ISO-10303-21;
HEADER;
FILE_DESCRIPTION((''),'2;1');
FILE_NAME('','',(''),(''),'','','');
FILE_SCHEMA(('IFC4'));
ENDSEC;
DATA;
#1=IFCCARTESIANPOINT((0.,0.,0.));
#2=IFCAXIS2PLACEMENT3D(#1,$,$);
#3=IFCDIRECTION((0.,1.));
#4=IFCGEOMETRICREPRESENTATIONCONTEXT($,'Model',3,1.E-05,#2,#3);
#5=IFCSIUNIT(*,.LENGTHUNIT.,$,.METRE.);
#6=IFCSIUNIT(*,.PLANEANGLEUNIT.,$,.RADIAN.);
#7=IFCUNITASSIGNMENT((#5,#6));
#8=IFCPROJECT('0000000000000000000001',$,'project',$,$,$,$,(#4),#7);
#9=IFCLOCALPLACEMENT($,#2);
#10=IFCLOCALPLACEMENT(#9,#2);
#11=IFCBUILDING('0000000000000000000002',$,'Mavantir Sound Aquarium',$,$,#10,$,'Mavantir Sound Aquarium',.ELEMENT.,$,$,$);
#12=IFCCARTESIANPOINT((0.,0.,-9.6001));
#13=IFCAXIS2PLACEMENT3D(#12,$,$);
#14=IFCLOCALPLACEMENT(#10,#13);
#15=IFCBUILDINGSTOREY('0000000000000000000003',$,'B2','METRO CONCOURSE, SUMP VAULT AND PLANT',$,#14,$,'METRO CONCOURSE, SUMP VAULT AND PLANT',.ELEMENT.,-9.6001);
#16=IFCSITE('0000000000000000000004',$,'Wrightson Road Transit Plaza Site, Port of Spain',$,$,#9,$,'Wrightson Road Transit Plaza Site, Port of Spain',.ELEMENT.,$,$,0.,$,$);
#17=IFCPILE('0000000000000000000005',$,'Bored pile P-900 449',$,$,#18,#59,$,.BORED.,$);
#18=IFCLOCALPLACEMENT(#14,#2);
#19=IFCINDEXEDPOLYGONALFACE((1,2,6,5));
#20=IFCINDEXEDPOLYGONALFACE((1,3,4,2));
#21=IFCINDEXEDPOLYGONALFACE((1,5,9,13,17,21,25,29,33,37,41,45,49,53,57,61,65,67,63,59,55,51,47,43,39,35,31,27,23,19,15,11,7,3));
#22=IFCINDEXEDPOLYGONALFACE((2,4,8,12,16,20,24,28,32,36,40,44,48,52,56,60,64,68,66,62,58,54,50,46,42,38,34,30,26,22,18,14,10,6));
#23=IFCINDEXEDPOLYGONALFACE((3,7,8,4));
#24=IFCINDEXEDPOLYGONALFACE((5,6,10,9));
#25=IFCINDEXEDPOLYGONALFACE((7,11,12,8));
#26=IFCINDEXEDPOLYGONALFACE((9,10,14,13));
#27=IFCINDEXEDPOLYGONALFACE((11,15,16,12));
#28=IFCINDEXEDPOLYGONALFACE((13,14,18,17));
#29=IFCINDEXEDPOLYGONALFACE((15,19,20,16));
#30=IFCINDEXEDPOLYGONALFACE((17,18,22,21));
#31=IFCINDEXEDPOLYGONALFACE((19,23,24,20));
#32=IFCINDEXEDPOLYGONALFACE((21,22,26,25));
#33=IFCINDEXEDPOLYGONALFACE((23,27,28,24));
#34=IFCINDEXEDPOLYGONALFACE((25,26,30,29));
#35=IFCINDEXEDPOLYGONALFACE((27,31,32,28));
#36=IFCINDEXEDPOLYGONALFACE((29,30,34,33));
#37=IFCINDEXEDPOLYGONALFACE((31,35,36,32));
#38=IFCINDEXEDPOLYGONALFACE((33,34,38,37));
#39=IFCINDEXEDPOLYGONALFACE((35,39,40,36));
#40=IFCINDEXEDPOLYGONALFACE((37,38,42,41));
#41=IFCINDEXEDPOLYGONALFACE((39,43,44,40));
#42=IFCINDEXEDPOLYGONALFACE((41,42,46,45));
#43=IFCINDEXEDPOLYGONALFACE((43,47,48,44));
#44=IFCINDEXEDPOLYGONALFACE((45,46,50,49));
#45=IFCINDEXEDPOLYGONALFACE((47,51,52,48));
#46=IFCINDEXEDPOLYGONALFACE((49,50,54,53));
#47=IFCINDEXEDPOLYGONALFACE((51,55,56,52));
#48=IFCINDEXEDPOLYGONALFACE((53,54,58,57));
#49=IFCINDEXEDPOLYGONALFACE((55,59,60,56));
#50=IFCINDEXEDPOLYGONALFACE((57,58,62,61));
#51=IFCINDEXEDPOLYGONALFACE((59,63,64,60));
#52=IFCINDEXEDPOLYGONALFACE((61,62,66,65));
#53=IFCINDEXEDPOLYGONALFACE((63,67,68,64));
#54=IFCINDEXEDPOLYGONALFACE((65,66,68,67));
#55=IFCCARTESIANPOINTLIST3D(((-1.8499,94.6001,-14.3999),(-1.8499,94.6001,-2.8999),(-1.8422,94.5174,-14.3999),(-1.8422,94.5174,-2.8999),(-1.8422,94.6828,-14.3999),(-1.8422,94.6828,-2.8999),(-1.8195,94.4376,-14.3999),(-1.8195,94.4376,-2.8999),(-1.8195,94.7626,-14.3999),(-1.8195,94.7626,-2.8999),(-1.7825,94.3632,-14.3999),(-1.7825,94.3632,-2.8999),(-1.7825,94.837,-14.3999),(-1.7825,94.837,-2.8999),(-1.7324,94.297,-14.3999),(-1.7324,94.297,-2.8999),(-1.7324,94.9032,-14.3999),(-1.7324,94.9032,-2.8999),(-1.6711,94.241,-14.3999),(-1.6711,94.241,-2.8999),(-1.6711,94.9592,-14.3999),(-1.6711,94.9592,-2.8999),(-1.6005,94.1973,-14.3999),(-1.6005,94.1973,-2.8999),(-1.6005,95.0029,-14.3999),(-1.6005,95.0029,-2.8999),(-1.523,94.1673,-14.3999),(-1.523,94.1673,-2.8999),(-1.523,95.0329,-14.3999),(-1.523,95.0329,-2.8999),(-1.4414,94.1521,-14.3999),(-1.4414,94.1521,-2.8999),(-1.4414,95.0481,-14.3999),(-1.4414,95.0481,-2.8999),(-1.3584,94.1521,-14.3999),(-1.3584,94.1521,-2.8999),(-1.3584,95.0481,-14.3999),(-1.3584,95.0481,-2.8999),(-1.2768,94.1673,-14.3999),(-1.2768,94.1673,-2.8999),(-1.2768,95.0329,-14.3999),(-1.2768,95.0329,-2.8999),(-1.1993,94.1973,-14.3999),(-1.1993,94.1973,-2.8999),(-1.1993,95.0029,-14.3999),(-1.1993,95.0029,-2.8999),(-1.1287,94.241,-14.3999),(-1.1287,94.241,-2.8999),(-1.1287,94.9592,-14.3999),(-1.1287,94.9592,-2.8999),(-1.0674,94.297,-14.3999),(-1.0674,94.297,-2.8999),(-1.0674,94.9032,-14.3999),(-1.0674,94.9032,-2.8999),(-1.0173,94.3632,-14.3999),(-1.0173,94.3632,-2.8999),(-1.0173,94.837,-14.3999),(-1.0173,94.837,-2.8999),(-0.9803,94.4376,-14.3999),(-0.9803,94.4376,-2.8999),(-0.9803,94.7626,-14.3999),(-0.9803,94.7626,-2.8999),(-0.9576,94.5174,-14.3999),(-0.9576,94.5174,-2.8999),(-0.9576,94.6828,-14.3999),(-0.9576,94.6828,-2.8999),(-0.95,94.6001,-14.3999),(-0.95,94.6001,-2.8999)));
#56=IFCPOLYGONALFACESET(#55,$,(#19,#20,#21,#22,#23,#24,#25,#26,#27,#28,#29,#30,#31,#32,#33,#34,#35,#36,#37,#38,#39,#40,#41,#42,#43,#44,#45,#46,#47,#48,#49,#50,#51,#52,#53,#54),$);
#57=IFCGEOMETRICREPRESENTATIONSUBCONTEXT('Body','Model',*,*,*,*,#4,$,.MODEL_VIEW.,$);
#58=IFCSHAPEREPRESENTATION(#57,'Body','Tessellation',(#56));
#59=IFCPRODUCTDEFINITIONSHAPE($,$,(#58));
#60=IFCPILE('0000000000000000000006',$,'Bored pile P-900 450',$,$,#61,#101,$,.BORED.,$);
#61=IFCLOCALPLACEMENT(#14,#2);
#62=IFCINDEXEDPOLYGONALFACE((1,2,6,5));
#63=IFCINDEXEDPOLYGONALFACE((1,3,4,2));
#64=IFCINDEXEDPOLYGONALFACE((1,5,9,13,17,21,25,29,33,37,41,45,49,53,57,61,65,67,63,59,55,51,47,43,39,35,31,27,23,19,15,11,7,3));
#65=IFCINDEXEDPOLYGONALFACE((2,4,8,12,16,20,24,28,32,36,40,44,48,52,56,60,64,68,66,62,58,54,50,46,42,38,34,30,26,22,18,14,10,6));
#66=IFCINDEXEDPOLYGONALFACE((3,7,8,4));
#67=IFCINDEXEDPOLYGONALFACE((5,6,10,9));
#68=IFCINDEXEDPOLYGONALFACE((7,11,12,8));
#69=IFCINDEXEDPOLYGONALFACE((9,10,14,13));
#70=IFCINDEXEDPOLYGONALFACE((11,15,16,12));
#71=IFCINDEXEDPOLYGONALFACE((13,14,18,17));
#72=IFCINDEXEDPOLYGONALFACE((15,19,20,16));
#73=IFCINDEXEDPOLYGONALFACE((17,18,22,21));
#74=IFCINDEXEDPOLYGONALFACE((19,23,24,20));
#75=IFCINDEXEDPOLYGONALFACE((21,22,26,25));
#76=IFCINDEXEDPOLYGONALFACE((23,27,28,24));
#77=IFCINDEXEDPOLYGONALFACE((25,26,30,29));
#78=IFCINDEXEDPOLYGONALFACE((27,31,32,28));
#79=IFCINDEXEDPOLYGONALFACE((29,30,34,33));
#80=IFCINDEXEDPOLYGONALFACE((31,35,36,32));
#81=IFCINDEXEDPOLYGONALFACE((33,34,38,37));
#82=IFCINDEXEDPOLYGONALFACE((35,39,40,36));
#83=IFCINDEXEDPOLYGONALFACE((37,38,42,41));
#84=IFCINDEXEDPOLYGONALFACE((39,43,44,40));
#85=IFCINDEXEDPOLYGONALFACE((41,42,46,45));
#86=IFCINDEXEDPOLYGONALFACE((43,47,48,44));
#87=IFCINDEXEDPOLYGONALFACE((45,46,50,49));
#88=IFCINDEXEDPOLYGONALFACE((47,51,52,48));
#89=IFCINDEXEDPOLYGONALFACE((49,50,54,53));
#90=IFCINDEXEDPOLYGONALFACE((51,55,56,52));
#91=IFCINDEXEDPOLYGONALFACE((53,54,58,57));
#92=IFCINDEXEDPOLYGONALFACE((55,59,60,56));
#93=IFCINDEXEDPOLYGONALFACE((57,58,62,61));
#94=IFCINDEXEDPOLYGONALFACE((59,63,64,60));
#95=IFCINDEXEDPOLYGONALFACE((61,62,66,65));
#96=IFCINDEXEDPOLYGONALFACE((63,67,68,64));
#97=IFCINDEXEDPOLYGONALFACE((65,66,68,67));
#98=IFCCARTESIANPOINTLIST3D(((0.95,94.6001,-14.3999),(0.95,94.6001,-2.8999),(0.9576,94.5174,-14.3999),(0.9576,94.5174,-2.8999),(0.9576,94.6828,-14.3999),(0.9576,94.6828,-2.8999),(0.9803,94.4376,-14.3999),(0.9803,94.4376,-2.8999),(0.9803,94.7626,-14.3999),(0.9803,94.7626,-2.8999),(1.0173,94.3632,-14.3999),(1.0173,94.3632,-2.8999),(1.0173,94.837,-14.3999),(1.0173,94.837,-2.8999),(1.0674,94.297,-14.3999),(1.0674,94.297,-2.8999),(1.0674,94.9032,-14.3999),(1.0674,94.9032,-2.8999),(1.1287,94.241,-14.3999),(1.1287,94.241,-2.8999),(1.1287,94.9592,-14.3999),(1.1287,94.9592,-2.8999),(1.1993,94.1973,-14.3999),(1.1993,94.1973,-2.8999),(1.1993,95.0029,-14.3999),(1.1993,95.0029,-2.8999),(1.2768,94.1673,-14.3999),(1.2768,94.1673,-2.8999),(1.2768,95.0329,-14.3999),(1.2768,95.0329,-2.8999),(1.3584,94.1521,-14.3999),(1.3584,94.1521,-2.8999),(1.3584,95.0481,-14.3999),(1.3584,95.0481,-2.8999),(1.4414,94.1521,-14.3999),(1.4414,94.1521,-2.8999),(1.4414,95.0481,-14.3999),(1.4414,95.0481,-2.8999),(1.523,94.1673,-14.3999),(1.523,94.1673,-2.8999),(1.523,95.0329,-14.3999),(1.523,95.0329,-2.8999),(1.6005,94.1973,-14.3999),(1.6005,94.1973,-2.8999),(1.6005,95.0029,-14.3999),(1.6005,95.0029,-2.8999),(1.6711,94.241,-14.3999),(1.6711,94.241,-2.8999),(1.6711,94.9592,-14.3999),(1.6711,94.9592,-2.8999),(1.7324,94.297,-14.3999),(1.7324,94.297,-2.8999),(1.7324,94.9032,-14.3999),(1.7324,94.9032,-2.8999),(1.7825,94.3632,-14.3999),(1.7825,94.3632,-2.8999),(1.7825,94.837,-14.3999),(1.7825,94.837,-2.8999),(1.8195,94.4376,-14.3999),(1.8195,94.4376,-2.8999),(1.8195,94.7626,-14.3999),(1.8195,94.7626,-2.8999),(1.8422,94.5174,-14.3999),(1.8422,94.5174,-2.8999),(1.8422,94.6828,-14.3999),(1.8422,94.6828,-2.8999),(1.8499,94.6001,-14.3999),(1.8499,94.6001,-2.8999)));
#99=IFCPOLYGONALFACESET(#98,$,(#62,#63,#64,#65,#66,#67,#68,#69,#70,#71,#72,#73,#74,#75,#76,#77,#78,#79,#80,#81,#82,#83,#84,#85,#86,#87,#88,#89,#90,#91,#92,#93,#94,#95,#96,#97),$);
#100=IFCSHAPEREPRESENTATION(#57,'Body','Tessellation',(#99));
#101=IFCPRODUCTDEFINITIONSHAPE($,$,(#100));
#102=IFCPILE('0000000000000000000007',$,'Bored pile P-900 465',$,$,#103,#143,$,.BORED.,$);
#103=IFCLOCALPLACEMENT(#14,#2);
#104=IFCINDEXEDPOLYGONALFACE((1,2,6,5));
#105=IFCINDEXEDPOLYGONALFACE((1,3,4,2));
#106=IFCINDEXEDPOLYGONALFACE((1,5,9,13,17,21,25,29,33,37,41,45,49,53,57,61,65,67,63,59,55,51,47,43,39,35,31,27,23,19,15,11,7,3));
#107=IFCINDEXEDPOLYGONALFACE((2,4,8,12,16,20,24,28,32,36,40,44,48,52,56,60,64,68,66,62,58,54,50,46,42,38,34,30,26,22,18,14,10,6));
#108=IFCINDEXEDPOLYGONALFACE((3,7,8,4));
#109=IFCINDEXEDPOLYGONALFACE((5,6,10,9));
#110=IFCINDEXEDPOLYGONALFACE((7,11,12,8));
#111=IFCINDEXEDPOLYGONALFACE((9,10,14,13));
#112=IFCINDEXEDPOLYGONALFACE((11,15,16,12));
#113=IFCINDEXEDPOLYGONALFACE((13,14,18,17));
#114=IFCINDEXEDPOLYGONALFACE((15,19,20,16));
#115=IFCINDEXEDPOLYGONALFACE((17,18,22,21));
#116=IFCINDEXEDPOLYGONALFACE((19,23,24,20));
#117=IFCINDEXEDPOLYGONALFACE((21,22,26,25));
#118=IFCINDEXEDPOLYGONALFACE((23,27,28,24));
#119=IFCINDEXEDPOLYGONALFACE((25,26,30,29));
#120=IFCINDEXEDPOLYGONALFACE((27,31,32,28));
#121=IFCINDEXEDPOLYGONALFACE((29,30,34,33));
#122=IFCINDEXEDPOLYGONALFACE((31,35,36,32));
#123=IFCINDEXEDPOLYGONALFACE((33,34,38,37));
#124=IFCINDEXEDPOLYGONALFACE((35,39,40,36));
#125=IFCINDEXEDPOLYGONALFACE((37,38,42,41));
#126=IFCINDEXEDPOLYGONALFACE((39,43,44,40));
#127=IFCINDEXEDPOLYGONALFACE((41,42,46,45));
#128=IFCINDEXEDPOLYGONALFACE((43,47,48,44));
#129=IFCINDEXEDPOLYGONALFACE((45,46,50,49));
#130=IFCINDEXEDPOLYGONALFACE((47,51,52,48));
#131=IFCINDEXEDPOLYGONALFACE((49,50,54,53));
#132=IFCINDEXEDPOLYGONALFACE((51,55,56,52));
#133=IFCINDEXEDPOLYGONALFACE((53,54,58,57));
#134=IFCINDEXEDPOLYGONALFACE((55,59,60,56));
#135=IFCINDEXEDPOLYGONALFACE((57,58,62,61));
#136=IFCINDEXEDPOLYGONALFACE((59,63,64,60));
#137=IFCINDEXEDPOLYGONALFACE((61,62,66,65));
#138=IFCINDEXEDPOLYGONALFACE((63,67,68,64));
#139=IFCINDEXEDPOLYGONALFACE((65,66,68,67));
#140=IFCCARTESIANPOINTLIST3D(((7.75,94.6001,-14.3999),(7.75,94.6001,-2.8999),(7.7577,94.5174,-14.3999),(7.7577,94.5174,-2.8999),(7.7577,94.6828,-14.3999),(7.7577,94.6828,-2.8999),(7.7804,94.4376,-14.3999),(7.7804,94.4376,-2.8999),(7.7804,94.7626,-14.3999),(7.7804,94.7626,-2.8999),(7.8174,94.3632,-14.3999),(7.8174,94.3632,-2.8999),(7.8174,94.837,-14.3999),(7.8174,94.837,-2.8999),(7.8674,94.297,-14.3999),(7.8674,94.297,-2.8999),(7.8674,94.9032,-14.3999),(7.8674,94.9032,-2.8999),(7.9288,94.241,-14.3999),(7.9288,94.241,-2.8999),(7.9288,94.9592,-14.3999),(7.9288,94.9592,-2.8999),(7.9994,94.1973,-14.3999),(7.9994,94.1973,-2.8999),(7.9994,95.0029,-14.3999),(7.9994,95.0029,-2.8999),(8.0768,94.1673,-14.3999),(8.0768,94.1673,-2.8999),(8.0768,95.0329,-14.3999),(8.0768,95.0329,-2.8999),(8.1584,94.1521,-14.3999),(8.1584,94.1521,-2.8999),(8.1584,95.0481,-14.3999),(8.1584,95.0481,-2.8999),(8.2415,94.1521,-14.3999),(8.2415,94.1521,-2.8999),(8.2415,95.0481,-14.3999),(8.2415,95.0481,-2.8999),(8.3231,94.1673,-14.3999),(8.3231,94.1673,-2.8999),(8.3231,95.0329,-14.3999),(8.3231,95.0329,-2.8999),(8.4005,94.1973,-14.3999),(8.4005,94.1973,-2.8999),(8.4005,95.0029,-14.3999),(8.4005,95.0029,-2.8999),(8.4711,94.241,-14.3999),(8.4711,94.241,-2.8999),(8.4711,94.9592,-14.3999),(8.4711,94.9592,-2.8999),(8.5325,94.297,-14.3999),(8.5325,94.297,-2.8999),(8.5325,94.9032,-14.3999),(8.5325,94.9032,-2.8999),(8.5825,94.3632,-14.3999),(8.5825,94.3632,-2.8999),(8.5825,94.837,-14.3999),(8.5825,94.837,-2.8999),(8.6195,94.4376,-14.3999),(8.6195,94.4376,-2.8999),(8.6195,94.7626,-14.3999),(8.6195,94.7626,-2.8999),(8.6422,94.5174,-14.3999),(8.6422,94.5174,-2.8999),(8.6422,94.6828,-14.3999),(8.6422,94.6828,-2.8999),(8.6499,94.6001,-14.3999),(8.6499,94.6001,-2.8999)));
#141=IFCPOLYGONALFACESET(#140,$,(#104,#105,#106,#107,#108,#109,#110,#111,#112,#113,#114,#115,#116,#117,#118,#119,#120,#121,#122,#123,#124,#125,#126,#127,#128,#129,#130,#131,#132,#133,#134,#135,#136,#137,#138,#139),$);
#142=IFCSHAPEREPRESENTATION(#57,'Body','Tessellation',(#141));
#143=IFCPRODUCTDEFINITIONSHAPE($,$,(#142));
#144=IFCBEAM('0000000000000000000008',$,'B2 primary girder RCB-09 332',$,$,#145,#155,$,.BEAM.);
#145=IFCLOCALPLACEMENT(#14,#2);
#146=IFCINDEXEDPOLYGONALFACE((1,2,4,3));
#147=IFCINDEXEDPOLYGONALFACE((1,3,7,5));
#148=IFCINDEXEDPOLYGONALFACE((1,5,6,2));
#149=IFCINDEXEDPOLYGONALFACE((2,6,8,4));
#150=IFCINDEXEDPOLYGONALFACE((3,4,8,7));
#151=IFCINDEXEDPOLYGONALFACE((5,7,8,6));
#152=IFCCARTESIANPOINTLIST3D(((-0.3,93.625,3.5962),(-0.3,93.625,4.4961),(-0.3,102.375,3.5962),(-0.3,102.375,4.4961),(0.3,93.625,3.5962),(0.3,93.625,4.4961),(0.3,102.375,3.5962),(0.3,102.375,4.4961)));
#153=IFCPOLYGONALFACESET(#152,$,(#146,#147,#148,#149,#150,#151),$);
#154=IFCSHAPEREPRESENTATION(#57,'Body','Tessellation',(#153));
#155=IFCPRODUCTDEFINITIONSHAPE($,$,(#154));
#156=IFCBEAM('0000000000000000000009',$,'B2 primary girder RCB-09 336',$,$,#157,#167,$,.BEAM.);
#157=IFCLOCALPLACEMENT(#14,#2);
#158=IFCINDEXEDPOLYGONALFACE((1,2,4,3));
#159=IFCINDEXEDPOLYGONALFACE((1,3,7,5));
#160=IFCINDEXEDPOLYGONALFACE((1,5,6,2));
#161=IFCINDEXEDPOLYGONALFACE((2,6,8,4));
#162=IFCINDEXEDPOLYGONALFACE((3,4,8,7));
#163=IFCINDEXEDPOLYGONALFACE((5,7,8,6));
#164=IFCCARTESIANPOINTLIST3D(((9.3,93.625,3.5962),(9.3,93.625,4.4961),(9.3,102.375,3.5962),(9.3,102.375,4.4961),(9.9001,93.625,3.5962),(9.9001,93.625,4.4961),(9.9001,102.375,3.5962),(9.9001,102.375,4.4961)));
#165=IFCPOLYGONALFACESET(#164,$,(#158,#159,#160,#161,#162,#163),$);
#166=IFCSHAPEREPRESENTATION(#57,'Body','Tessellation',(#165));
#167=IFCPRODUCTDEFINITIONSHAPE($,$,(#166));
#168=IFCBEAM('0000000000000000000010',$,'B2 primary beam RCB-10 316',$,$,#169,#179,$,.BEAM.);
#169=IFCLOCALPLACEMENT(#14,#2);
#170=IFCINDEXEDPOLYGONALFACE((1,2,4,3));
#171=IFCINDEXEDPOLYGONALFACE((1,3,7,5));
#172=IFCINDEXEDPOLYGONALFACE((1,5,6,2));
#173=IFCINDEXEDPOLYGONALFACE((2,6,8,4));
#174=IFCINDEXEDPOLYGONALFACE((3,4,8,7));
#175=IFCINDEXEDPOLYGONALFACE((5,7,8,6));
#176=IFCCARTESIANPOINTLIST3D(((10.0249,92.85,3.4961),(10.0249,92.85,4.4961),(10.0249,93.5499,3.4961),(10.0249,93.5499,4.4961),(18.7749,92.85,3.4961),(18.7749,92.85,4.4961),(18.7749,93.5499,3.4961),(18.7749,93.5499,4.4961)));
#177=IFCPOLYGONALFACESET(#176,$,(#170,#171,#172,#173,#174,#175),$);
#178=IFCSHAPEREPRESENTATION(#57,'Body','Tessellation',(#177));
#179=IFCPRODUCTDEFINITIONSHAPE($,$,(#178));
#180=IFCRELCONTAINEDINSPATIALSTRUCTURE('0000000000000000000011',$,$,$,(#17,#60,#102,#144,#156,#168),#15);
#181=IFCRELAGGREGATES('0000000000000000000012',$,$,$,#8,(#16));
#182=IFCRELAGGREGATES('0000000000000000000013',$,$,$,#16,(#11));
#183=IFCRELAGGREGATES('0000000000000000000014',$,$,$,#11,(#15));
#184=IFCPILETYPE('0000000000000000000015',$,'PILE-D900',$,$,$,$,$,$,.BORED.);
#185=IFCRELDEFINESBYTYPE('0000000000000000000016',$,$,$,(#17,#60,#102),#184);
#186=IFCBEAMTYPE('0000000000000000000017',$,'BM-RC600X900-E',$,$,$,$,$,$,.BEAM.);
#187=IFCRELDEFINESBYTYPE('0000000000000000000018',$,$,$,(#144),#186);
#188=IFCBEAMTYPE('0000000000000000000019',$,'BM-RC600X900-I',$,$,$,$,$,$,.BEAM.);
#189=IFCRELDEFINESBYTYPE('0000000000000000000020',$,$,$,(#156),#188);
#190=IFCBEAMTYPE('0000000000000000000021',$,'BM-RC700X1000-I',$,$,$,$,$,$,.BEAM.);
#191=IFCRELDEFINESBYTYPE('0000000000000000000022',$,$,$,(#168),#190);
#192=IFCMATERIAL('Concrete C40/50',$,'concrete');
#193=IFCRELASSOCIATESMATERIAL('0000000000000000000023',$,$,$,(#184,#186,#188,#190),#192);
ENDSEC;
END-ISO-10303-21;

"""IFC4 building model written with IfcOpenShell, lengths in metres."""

from ifc_helpers import new_model, si_unit, direction, frame, origin, origin_2d, place, context, subcontext, project, spatial, rectangle, circle, extrude, material, material_profile, profile_set, type_object, element, save


model = new_model("IFC4")

# Units and contexts
model_context = context("Model", 3, precision=1e-05, world=origin(), true_north=direction((0.0, 1.0)))
body_context = subcontext(model_context, "Body", "Model", "MODEL_VIEW")
ifc_project = project(units=[si_unit("LENGTHUNIT", "METRE"), si_unit("PLANEANGLEUNIT", "RADIAN")], contexts=[model_context])

# Site, building, storey
site_placement = place(None, origin())
site = spatial("IfcSite", under=ifc_project, at=site_placement, Name="Wrightson Road Transit Plaza Site, Port of Spain", LongName="Wrightson Road Transit Plaza Site, Port of Spain", CompositionType="ELEMENT", RefElevation=0.0)
building_placement = place(site_placement, origin())
building = spatial("IfcBuilding", under=site, at=building_placement, Name="Mavantir Sound Aquarium", LongName="Mavantir Sound Aquarium", CompositionType="ELEMENT")
storey_placement = place(building_placement, frame((0.0, 0.0, -9.6001)))
storey = spatial("IfcBuildingStorey", under=building, at=storey_placement, Name="B2", Description="METRO CONCOURSE, SUMP VAULT AND PLANT", LongName="METRO CONCOURSE, SUMP VAULT AND PLANT", CompositionType="ELEMENT", Elevation=-9.6001)

# Piles
ifc_material_1 = material(Name="Concrete C40/50", Category="concrete")
ifc_material_profile_1 = material_profile(ifc_material_1, circle(Radius=0.45, at=origin_2d()), Name="PILE D900")
ifc_profile_set_1 = profile_set([ifc_material_profile_1], Name="Concrete C40/50")
pile_type = type_object("IfcPileType", Name="PILE-D900", PredefinedType="BORED", material=ifc_profile_set_1)
for number, where, z_axis, x_axis, name in (
    (1, (-1.3999, 94.6001, -2.8999), (0.0, 0.0, -1.0), (1.0, 0.0, 0.0), "Bored pile P-900 449"),
    (2, (1.3999, 94.6001, -2.8999), (0.0, 0.0, -1.0), (1.0, 0.0, 0.0), "Bored pile P-900 450"),
    (3, (8.2, 94.6001, -2.8999), (0.0, 0.0, -1.0), (1.0, 0.0, 0.0), "Bored pile P-900 465"),
):
    element("IfcPile", number, at=place(storey_placement, frame(where, z_axis=z_axis, x_axis=x_axis)), inside=storey, type_object=pile_type, Name=name, PredefinedType="BORED", context=body_context, shape_type="SweptSolid", body=[
        extrude(circle(Radius=0.45, at=origin_2d()), origin(), (0.0, 0.0, 1.0), 11.5),
    ])

# Beams
ifc_material_profile_2 = material_profile(ifc_material_1, rectangle(XDim=0.6001, YDim=0.8999, at=origin_2d()), Name="RC 600X900")
ifc_profile_set_2 = profile_set([ifc_material_profile_2], Name="Concrete C40/50")
beam_type_1 = type_object("IfcBeamType", Name="BM-RC600X900-E", PredefinedType="BEAM", material=ifc_profile_set_2)
beam_1_placement = place(storey_placement, frame((0.0, 93.625, 4.0461), z_axis=(0.0, 1.0, 0.0), x_axis=(-1.0, 0.0, 0.0)))
element("IfcBeam", 4, at=beam_1_placement, inside=storey, type_object=beam_type_1, Name="B2 primary girder RCB-09 332", PredefinedType="BEAM", context=body_context, shape_type="SweptSolid", body=[
    extrude(rectangle(XDim=0.6001, YDim=0.8999, at=origin_2d()), origin(), (0.0, 0.0, 1.0), 8.75),
])
ifc_material_profile_3 = material_profile(ifc_material_1, rectangle(XDim=0.6001, YDim=0.8999, at=origin_2d()), Name="RC 600X900")
ifc_profile_set_3 = profile_set([ifc_material_profile_3], Name="Concrete C40/50")
beam_type_2 = type_object("IfcBeamType", Name="BM-RC600X900-I", PredefinedType="BEAM", material=ifc_profile_set_3)
beam_2_placement = place(storey_placement, frame((9.6001, 93.625, 4.0461), z_axis=(0.0, 1.0, 0.0), x_axis=(-1.0, 0.0, 0.0)))
element("IfcBeam", 5, at=beam_2_placement, inside=storey, type_object=beam_type_2, Name="B2 primary girder RCB-09 336", PredefinedType="BEAM", context=body_context, shape_type="SweptSolid", body=[
    extrude(rectangle(XDim=0.6001, YDim=0.8999, at=origin_2d()), origin(), (0.0, 0.0, 1.0), 8.75),
])
ifc_material_profile_4 = material_profile(ifc_material_1, rectangle(XDim=0.7, YDim=1.0, at=origin_2d()), Name="RC 700X1000")
ifc_profile_set_4 = profile_set([ifc_material_profile_4], Name="Concrete C40/50")
beam_type_3 = type_object("IfcBeamType", Name="BM-RC700X1000-I", PredefinedType="BEAM", material=ifc_profile_set_4)
beam_3_placement = place(storey_placement, frame((10.0249, 93.2, 3.9961), z_axis=(1.0, 0.0, 0.0), x_axis=(0.0, 1.0, 0.0)))
element("IfcBeam", 6, at=beam_3_placement, inside=storey, type_object=beam_type_3, Name="B2 primary beam RCB-10 316", PredefinedType="BEAM", context=body_context, shape_type="SweptSolid", body=[
    extrude(rectangle(XDim=0.7, YDim=1.0, at=origin_2d()), origin(), (0.0, 0.0, 1.0), 8.75),
])

save(model, "model.ifc")
